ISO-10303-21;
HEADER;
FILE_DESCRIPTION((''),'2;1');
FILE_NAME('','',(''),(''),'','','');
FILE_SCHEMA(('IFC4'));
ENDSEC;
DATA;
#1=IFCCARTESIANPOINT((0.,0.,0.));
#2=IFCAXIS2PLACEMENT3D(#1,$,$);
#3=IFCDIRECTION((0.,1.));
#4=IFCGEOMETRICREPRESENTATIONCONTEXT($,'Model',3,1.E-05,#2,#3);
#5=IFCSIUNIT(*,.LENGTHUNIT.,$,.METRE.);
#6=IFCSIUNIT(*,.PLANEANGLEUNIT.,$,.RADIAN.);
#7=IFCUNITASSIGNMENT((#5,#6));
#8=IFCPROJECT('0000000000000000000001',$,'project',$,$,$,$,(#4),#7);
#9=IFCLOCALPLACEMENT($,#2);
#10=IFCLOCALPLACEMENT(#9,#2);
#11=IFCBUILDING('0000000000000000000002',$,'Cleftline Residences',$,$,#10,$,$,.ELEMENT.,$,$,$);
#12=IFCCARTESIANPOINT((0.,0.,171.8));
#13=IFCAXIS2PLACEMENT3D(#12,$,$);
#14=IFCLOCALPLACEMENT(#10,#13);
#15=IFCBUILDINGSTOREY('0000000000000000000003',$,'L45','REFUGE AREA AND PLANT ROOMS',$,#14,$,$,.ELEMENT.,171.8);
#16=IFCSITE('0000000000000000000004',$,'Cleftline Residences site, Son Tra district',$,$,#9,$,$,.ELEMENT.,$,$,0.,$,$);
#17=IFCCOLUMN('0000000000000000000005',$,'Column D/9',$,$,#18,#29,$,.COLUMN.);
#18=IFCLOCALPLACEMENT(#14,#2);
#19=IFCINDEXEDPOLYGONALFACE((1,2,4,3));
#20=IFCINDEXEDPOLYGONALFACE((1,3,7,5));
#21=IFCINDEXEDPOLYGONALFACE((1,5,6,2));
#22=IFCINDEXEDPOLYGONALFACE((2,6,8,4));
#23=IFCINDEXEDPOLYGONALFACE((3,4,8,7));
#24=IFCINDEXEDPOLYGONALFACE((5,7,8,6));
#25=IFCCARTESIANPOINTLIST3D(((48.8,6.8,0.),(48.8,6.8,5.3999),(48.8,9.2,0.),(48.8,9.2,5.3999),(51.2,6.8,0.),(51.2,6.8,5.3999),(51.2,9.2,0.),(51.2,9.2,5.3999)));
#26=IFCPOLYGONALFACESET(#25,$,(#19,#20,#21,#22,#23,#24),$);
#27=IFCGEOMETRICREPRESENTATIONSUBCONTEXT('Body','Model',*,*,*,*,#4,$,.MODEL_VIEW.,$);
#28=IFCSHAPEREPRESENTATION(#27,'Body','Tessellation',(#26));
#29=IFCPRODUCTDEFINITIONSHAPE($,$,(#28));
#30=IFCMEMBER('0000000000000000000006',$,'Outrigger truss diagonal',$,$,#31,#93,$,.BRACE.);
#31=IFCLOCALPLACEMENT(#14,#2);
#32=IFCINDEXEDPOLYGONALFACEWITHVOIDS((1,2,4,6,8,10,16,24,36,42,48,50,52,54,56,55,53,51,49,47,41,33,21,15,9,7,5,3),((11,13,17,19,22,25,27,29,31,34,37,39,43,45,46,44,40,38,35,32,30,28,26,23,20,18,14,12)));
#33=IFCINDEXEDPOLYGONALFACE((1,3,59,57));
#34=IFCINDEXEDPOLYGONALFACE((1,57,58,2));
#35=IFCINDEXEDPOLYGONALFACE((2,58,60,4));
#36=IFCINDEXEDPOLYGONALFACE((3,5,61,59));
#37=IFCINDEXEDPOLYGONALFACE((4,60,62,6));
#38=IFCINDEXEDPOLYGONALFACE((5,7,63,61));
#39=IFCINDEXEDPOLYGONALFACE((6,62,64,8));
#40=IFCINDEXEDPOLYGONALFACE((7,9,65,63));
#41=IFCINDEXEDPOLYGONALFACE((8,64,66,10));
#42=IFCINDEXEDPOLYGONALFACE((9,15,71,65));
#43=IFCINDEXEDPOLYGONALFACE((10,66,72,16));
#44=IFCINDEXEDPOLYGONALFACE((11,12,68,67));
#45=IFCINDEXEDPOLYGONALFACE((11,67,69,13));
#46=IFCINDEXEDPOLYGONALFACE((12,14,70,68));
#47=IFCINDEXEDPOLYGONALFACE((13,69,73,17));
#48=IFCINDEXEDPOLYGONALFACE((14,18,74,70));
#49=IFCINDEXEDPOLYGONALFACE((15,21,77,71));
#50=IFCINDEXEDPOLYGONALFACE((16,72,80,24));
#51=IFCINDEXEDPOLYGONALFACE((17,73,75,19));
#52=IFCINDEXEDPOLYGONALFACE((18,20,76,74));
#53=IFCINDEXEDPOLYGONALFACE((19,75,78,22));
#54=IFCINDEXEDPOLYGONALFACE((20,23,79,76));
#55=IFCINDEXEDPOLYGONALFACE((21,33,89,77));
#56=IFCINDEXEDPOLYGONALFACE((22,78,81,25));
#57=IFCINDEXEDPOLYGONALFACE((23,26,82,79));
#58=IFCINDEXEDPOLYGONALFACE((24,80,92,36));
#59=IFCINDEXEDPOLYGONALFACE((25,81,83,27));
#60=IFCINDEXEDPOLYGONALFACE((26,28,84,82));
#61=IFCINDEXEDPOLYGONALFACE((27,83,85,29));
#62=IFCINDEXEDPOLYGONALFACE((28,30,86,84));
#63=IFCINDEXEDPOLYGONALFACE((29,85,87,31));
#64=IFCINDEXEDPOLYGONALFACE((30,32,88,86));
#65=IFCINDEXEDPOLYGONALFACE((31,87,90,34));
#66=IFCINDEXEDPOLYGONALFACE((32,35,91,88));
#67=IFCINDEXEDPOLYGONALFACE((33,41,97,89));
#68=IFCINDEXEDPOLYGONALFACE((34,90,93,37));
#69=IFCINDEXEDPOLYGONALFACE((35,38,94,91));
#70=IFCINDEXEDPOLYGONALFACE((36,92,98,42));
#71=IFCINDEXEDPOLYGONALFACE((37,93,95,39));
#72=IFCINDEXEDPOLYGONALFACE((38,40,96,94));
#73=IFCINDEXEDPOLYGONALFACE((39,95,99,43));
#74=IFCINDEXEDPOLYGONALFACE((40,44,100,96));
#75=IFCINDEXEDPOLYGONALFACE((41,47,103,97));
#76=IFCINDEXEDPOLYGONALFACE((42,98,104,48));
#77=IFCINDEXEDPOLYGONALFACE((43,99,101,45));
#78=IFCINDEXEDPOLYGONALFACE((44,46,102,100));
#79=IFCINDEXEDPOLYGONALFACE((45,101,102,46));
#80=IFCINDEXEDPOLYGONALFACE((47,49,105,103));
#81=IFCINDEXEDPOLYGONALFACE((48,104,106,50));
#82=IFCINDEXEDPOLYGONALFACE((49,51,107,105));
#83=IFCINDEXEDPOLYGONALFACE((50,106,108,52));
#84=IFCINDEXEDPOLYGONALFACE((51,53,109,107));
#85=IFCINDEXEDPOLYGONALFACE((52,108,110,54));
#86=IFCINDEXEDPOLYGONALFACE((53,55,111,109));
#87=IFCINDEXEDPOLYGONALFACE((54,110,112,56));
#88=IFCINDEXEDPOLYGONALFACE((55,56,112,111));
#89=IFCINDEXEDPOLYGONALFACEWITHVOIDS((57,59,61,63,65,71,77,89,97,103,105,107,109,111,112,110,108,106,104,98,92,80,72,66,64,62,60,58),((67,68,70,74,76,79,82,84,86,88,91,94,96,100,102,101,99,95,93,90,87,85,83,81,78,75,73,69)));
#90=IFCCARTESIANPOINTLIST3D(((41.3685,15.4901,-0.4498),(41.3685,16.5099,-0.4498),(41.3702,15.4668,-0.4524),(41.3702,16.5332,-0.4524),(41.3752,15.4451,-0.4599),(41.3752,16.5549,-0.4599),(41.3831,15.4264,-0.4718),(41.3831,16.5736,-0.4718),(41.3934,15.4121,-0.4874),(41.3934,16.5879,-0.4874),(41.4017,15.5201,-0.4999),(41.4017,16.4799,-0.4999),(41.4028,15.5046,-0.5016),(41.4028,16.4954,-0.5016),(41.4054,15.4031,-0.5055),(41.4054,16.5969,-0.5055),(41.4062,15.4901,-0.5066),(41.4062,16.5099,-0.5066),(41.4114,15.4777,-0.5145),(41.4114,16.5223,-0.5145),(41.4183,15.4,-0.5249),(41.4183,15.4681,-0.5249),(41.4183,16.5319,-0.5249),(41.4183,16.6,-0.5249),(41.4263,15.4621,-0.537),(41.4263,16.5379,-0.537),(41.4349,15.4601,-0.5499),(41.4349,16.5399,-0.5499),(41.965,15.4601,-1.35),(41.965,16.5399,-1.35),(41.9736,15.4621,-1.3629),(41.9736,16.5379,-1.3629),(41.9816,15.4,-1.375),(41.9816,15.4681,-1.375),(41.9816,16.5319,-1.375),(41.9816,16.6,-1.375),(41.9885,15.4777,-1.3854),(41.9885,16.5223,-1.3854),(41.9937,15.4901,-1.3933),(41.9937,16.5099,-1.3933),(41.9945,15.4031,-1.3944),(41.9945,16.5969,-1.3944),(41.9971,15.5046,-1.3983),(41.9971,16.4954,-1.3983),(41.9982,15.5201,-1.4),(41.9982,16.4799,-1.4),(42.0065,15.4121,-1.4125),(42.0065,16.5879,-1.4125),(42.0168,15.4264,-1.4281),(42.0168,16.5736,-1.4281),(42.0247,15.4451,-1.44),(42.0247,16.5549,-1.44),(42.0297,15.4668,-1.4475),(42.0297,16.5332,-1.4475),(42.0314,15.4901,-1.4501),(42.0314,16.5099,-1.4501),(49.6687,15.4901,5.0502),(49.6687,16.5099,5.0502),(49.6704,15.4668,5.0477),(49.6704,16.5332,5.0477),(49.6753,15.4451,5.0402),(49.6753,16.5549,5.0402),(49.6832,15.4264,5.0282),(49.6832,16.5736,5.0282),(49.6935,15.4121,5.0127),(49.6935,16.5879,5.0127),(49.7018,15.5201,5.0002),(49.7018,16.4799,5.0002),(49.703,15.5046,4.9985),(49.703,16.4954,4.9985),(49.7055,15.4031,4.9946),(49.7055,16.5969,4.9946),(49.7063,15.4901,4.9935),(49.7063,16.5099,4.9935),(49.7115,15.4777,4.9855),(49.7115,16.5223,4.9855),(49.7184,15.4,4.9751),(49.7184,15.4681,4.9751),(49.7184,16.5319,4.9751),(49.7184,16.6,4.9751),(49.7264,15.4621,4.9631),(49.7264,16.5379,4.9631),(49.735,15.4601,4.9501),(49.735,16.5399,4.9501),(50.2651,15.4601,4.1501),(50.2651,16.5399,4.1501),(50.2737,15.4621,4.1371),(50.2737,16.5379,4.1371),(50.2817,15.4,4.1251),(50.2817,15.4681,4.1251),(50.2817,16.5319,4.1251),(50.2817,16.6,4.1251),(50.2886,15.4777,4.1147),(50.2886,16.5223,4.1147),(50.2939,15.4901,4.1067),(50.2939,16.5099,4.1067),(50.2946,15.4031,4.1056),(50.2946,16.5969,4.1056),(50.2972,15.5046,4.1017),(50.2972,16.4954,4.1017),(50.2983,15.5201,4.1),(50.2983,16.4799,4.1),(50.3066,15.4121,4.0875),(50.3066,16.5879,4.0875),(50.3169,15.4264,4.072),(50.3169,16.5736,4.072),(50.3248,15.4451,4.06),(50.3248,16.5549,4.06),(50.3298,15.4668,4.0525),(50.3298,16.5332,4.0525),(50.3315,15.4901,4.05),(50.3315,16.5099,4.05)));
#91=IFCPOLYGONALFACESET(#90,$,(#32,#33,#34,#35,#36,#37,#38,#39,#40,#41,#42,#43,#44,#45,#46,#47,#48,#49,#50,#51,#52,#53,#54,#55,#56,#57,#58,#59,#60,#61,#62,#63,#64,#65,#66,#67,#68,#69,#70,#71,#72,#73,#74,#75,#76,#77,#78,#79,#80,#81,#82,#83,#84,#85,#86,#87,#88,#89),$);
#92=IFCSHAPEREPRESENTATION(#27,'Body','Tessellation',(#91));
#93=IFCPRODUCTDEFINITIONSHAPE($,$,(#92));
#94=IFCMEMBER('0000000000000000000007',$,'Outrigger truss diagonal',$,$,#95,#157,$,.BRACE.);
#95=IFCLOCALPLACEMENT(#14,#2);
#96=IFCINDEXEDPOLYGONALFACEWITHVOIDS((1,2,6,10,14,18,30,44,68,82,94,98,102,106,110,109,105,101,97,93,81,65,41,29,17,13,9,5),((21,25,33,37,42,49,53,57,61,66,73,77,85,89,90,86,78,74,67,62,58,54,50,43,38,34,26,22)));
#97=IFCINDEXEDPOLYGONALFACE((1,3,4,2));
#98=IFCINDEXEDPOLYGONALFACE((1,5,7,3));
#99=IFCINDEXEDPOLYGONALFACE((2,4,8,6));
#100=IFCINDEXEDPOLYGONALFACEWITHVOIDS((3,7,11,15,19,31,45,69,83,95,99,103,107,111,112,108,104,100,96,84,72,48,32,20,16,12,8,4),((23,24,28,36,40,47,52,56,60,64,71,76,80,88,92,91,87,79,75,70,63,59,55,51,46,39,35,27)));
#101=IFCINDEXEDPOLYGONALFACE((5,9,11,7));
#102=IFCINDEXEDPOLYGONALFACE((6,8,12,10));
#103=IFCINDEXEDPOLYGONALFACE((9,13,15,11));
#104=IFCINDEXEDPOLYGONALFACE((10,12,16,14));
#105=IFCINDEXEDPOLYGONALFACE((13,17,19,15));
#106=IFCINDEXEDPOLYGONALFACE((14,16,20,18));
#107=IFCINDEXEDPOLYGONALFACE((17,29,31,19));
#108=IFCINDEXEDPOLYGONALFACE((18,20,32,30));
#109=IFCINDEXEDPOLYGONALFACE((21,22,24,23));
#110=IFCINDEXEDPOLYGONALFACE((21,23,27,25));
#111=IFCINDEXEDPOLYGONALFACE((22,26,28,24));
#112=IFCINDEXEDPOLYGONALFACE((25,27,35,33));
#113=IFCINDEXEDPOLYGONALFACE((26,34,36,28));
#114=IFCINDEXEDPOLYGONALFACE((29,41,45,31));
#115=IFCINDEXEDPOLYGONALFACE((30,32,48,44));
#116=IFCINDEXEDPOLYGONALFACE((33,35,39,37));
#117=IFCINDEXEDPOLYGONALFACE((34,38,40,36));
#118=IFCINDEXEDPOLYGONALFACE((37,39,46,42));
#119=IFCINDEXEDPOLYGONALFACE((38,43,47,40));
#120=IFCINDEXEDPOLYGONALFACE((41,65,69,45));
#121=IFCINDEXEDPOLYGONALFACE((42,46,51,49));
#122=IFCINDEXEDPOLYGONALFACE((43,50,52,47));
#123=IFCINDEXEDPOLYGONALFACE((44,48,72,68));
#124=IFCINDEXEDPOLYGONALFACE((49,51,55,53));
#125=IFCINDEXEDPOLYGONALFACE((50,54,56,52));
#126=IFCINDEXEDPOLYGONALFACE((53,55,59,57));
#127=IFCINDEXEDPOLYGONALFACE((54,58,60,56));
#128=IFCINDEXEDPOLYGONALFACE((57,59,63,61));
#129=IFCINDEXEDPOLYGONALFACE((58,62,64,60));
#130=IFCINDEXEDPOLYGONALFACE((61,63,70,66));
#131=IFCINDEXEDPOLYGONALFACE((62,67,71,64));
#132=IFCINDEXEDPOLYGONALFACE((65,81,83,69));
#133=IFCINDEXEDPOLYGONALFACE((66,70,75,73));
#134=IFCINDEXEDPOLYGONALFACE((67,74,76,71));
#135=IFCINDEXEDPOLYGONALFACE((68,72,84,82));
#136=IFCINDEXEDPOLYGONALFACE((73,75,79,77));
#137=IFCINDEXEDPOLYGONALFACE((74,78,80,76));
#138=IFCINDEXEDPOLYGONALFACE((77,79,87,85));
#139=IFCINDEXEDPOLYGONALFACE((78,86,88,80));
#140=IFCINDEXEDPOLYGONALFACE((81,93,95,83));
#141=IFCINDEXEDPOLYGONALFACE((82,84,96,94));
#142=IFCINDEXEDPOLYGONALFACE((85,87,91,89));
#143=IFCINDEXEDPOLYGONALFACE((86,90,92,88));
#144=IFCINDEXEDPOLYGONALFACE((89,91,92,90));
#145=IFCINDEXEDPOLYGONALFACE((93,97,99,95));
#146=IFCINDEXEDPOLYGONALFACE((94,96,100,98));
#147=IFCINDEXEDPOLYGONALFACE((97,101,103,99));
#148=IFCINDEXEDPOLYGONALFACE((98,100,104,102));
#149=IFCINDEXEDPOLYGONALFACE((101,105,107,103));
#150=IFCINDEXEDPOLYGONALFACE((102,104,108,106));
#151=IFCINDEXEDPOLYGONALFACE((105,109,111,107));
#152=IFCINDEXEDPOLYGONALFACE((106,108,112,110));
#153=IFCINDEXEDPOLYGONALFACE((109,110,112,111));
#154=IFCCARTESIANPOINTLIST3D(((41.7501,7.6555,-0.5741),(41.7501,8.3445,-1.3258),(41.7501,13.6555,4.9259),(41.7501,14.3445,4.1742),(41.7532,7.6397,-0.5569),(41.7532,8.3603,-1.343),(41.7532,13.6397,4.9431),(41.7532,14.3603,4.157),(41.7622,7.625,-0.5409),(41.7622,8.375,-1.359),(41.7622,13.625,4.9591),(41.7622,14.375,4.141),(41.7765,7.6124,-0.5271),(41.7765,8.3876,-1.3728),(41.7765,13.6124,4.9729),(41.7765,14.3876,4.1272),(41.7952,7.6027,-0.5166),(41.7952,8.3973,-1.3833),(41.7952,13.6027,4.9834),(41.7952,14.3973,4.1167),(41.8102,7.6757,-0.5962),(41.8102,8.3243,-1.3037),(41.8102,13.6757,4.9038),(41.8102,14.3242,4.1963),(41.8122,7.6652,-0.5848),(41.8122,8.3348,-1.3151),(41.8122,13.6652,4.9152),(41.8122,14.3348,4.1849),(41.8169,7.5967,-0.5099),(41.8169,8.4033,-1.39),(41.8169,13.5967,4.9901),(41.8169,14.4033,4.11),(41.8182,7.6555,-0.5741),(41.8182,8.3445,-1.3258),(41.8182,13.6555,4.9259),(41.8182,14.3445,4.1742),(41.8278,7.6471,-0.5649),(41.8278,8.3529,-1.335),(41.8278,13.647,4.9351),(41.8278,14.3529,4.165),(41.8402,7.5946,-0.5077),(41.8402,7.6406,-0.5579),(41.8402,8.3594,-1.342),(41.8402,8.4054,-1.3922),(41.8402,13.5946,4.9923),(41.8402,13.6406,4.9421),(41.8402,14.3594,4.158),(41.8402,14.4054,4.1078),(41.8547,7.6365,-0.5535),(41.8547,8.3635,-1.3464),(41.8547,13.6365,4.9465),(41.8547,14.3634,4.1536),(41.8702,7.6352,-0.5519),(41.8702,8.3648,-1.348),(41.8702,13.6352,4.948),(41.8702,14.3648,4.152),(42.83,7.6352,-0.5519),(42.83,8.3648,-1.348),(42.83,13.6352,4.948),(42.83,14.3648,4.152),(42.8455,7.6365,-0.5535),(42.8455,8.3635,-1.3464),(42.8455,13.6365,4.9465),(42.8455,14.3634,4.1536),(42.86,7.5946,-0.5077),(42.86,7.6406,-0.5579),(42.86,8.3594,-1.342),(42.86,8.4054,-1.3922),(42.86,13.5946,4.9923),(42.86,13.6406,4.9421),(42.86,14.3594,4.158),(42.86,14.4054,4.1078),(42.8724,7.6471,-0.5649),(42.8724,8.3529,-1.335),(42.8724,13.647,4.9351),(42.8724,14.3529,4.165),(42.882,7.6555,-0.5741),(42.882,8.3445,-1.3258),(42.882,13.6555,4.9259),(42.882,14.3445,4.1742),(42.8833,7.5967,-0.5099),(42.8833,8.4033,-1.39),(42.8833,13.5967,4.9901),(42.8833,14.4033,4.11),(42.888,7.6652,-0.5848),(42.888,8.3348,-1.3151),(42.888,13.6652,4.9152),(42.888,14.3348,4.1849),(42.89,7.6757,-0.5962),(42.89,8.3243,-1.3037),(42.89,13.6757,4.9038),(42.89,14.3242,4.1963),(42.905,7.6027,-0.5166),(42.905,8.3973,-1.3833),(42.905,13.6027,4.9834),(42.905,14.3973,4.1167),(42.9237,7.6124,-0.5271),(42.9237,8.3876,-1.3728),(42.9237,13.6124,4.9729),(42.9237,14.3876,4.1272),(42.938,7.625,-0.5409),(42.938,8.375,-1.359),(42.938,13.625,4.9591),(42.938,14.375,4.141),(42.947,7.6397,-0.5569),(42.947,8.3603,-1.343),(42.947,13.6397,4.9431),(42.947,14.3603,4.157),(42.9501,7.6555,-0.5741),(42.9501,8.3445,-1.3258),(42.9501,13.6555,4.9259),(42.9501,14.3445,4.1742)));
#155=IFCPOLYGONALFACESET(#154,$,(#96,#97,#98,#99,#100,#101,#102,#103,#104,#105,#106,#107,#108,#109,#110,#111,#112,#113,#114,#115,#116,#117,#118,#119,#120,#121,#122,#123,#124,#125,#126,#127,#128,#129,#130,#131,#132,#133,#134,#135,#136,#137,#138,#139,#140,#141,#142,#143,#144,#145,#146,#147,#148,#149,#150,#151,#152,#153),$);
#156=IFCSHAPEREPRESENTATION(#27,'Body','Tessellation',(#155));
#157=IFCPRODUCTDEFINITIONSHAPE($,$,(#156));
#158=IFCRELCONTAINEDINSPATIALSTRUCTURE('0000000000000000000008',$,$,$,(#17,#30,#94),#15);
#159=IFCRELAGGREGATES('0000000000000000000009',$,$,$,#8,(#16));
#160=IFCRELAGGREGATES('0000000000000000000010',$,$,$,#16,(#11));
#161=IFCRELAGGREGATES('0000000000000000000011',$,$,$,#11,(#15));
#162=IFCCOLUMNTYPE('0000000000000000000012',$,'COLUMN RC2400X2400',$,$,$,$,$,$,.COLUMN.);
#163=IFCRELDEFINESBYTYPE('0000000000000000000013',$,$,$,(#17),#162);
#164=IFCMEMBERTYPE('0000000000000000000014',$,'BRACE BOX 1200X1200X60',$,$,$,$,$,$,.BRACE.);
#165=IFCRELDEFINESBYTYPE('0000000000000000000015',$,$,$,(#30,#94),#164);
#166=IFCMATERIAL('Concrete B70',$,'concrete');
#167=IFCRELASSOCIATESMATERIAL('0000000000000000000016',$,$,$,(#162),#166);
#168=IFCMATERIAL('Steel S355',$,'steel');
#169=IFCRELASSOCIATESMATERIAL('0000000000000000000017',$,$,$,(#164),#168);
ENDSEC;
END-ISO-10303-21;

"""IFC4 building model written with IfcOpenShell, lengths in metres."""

from ifc_helpers import new_model, si_unit, direction, frame, origin, origin_2d, place, context, subcontext, project, spatial, rectangle, hollow_rectangle, extrude, material, material_profile, profile_set, type_object, element, save


model = new_model("IFC4")

# Units and contexts
model_context = context("Model", 3, precision=1e-05, world=origin(), true_north=direction((0.0, 1.0)))
body_context = subcontext(model_context, "Body", "Model", "MODEL_VIEW")
ifc_project = project(units=[si_unit("LENGTHUNIT", "METRE"), si_unit("PLANEANGLEUNIT", "RADIAN")], contexts=[model_context])

# Site, building, storey
site_placement = place(None, origin())
site = spatial("IfcSite", under=ifc_project, at=site_placement, Name="Cleftline Residences site, Son Tra district", CompositionType="ELEMENT", RefElevation=0.0)
building_placement = place(site_placement, origin())
building = spatial("IfcBuilding", under=site, at=building_placement, Name="Cleftline Residences", CompositionType="ELEMENT")
storey_placement = place(building_placement, frame((0.0, 0.0, 171.8)))
storey = spatial("IfcBuildingStorey", under=building, at=storey_placement, Name="L45", Description="REFUGE AREA AND PLANT ROOMS", CompositionType="ELEMENT", Elevation=171.8)

# Column
ifc_material_1 = material(Name="Concrete B70", Category="concrete")
ifc_material_profile_1 = material_profile(ifc_material_1, rectangle(XDim=2.3999, YDim=2.3999, at=origin_2d()))
ifc_profile_set_1 = profile_set([ifc_material_profile_1], Name="Concrete B70")
column_type = type_object("IfcColumnType", Name="COLUMN RC2400X2400", PredefinedType="COLUMN", material=ifc_profile_set_1)
column_placement = place(storey_placement, frame((50.0, 8.0, 0.0), z_axis=(0.0, 0.0, 1.0), x_axis=(1.0, 0.0, 0.0)))
element("IfcColumn", 1, at=column_placement, inside=storey, type_object=column_type, Name="Column D/9", PredefinedType="COLUMN", context=body_context, shape_type="SweptSolid", body=[
    extrude(rectangle(XDim=2.3999, YDim=2.3999, at=origin_2d()), origin(), (0.0, 0.0, 1.0), 5.3999),
])

# Members
ifc_material_2 = material(Name="Steel S355", Category="steel")
ifc_material_profile_2 = material_profile(ifc_material_2, hollow_rectangle(XDim=1.2, YDim=1.2, WallThickness=0.0601, InnerFilletRadius=0.0601, OuterFilletRadius=0.0901, at=origin_2d()))
ifc_profile_set_2 = profile_set([ifc_material_profile_2], Name="Steel S355")
member_type_1 = type_object("IfcMemberType", Name="BRACE BOX 1200X1200X60", PredefinedType="BRACE", material=ifc_profile_set_2)
member_1_placement = place(storey_placement, frame((41.7, 16.0, -0.95), z_axis=(0.833594, 0.0, 0.552378), x_axis=(-0.552378, 0.0, 0.833594)))
element("IfcMember", 2, at=member_1_placement, inside=storey, type_object=member_type_1, Name="Outrigger truss diagonal", PredefinedType="BRACE", context=body_context, shape_type="SweptSolid", body=[
    extrude(hollow_rectangle(XDim=1.2, YDim=1.2, WallThickness=0.0601, InnerFilletRadius=0.0601, OuterFilletRadius=0.0901, at=origin_2d()), origin(), (0.0, 0.0, 1.0), 9.957),
])
member_2_placement = place(storey_placement, frame((42.3501, 8.0, -0.95), z_axis=(0.0, 0.737154, 0.675725), x_axis=(0.0, -0.675725, 0.737154)))
element("IfcMember", 3, at=member_2_placement, inside=storey, type_object=member_type_1, Name="Outrigger truss diagonal", PredefinedType="BRACE", context=body_context, shape_type="SweptSolid", body=[
    extrude(hollow_rectangle(XDim=1.2, YDim=1.2, WallThickness=0.0601, InnerFilletRadius=0.0601, OuterFilletRadius=0.0901, at=origin_2d()), origin(), (0.0, 0.0, 1.0), 8.1394),
])

save(model, "model.ifc")
